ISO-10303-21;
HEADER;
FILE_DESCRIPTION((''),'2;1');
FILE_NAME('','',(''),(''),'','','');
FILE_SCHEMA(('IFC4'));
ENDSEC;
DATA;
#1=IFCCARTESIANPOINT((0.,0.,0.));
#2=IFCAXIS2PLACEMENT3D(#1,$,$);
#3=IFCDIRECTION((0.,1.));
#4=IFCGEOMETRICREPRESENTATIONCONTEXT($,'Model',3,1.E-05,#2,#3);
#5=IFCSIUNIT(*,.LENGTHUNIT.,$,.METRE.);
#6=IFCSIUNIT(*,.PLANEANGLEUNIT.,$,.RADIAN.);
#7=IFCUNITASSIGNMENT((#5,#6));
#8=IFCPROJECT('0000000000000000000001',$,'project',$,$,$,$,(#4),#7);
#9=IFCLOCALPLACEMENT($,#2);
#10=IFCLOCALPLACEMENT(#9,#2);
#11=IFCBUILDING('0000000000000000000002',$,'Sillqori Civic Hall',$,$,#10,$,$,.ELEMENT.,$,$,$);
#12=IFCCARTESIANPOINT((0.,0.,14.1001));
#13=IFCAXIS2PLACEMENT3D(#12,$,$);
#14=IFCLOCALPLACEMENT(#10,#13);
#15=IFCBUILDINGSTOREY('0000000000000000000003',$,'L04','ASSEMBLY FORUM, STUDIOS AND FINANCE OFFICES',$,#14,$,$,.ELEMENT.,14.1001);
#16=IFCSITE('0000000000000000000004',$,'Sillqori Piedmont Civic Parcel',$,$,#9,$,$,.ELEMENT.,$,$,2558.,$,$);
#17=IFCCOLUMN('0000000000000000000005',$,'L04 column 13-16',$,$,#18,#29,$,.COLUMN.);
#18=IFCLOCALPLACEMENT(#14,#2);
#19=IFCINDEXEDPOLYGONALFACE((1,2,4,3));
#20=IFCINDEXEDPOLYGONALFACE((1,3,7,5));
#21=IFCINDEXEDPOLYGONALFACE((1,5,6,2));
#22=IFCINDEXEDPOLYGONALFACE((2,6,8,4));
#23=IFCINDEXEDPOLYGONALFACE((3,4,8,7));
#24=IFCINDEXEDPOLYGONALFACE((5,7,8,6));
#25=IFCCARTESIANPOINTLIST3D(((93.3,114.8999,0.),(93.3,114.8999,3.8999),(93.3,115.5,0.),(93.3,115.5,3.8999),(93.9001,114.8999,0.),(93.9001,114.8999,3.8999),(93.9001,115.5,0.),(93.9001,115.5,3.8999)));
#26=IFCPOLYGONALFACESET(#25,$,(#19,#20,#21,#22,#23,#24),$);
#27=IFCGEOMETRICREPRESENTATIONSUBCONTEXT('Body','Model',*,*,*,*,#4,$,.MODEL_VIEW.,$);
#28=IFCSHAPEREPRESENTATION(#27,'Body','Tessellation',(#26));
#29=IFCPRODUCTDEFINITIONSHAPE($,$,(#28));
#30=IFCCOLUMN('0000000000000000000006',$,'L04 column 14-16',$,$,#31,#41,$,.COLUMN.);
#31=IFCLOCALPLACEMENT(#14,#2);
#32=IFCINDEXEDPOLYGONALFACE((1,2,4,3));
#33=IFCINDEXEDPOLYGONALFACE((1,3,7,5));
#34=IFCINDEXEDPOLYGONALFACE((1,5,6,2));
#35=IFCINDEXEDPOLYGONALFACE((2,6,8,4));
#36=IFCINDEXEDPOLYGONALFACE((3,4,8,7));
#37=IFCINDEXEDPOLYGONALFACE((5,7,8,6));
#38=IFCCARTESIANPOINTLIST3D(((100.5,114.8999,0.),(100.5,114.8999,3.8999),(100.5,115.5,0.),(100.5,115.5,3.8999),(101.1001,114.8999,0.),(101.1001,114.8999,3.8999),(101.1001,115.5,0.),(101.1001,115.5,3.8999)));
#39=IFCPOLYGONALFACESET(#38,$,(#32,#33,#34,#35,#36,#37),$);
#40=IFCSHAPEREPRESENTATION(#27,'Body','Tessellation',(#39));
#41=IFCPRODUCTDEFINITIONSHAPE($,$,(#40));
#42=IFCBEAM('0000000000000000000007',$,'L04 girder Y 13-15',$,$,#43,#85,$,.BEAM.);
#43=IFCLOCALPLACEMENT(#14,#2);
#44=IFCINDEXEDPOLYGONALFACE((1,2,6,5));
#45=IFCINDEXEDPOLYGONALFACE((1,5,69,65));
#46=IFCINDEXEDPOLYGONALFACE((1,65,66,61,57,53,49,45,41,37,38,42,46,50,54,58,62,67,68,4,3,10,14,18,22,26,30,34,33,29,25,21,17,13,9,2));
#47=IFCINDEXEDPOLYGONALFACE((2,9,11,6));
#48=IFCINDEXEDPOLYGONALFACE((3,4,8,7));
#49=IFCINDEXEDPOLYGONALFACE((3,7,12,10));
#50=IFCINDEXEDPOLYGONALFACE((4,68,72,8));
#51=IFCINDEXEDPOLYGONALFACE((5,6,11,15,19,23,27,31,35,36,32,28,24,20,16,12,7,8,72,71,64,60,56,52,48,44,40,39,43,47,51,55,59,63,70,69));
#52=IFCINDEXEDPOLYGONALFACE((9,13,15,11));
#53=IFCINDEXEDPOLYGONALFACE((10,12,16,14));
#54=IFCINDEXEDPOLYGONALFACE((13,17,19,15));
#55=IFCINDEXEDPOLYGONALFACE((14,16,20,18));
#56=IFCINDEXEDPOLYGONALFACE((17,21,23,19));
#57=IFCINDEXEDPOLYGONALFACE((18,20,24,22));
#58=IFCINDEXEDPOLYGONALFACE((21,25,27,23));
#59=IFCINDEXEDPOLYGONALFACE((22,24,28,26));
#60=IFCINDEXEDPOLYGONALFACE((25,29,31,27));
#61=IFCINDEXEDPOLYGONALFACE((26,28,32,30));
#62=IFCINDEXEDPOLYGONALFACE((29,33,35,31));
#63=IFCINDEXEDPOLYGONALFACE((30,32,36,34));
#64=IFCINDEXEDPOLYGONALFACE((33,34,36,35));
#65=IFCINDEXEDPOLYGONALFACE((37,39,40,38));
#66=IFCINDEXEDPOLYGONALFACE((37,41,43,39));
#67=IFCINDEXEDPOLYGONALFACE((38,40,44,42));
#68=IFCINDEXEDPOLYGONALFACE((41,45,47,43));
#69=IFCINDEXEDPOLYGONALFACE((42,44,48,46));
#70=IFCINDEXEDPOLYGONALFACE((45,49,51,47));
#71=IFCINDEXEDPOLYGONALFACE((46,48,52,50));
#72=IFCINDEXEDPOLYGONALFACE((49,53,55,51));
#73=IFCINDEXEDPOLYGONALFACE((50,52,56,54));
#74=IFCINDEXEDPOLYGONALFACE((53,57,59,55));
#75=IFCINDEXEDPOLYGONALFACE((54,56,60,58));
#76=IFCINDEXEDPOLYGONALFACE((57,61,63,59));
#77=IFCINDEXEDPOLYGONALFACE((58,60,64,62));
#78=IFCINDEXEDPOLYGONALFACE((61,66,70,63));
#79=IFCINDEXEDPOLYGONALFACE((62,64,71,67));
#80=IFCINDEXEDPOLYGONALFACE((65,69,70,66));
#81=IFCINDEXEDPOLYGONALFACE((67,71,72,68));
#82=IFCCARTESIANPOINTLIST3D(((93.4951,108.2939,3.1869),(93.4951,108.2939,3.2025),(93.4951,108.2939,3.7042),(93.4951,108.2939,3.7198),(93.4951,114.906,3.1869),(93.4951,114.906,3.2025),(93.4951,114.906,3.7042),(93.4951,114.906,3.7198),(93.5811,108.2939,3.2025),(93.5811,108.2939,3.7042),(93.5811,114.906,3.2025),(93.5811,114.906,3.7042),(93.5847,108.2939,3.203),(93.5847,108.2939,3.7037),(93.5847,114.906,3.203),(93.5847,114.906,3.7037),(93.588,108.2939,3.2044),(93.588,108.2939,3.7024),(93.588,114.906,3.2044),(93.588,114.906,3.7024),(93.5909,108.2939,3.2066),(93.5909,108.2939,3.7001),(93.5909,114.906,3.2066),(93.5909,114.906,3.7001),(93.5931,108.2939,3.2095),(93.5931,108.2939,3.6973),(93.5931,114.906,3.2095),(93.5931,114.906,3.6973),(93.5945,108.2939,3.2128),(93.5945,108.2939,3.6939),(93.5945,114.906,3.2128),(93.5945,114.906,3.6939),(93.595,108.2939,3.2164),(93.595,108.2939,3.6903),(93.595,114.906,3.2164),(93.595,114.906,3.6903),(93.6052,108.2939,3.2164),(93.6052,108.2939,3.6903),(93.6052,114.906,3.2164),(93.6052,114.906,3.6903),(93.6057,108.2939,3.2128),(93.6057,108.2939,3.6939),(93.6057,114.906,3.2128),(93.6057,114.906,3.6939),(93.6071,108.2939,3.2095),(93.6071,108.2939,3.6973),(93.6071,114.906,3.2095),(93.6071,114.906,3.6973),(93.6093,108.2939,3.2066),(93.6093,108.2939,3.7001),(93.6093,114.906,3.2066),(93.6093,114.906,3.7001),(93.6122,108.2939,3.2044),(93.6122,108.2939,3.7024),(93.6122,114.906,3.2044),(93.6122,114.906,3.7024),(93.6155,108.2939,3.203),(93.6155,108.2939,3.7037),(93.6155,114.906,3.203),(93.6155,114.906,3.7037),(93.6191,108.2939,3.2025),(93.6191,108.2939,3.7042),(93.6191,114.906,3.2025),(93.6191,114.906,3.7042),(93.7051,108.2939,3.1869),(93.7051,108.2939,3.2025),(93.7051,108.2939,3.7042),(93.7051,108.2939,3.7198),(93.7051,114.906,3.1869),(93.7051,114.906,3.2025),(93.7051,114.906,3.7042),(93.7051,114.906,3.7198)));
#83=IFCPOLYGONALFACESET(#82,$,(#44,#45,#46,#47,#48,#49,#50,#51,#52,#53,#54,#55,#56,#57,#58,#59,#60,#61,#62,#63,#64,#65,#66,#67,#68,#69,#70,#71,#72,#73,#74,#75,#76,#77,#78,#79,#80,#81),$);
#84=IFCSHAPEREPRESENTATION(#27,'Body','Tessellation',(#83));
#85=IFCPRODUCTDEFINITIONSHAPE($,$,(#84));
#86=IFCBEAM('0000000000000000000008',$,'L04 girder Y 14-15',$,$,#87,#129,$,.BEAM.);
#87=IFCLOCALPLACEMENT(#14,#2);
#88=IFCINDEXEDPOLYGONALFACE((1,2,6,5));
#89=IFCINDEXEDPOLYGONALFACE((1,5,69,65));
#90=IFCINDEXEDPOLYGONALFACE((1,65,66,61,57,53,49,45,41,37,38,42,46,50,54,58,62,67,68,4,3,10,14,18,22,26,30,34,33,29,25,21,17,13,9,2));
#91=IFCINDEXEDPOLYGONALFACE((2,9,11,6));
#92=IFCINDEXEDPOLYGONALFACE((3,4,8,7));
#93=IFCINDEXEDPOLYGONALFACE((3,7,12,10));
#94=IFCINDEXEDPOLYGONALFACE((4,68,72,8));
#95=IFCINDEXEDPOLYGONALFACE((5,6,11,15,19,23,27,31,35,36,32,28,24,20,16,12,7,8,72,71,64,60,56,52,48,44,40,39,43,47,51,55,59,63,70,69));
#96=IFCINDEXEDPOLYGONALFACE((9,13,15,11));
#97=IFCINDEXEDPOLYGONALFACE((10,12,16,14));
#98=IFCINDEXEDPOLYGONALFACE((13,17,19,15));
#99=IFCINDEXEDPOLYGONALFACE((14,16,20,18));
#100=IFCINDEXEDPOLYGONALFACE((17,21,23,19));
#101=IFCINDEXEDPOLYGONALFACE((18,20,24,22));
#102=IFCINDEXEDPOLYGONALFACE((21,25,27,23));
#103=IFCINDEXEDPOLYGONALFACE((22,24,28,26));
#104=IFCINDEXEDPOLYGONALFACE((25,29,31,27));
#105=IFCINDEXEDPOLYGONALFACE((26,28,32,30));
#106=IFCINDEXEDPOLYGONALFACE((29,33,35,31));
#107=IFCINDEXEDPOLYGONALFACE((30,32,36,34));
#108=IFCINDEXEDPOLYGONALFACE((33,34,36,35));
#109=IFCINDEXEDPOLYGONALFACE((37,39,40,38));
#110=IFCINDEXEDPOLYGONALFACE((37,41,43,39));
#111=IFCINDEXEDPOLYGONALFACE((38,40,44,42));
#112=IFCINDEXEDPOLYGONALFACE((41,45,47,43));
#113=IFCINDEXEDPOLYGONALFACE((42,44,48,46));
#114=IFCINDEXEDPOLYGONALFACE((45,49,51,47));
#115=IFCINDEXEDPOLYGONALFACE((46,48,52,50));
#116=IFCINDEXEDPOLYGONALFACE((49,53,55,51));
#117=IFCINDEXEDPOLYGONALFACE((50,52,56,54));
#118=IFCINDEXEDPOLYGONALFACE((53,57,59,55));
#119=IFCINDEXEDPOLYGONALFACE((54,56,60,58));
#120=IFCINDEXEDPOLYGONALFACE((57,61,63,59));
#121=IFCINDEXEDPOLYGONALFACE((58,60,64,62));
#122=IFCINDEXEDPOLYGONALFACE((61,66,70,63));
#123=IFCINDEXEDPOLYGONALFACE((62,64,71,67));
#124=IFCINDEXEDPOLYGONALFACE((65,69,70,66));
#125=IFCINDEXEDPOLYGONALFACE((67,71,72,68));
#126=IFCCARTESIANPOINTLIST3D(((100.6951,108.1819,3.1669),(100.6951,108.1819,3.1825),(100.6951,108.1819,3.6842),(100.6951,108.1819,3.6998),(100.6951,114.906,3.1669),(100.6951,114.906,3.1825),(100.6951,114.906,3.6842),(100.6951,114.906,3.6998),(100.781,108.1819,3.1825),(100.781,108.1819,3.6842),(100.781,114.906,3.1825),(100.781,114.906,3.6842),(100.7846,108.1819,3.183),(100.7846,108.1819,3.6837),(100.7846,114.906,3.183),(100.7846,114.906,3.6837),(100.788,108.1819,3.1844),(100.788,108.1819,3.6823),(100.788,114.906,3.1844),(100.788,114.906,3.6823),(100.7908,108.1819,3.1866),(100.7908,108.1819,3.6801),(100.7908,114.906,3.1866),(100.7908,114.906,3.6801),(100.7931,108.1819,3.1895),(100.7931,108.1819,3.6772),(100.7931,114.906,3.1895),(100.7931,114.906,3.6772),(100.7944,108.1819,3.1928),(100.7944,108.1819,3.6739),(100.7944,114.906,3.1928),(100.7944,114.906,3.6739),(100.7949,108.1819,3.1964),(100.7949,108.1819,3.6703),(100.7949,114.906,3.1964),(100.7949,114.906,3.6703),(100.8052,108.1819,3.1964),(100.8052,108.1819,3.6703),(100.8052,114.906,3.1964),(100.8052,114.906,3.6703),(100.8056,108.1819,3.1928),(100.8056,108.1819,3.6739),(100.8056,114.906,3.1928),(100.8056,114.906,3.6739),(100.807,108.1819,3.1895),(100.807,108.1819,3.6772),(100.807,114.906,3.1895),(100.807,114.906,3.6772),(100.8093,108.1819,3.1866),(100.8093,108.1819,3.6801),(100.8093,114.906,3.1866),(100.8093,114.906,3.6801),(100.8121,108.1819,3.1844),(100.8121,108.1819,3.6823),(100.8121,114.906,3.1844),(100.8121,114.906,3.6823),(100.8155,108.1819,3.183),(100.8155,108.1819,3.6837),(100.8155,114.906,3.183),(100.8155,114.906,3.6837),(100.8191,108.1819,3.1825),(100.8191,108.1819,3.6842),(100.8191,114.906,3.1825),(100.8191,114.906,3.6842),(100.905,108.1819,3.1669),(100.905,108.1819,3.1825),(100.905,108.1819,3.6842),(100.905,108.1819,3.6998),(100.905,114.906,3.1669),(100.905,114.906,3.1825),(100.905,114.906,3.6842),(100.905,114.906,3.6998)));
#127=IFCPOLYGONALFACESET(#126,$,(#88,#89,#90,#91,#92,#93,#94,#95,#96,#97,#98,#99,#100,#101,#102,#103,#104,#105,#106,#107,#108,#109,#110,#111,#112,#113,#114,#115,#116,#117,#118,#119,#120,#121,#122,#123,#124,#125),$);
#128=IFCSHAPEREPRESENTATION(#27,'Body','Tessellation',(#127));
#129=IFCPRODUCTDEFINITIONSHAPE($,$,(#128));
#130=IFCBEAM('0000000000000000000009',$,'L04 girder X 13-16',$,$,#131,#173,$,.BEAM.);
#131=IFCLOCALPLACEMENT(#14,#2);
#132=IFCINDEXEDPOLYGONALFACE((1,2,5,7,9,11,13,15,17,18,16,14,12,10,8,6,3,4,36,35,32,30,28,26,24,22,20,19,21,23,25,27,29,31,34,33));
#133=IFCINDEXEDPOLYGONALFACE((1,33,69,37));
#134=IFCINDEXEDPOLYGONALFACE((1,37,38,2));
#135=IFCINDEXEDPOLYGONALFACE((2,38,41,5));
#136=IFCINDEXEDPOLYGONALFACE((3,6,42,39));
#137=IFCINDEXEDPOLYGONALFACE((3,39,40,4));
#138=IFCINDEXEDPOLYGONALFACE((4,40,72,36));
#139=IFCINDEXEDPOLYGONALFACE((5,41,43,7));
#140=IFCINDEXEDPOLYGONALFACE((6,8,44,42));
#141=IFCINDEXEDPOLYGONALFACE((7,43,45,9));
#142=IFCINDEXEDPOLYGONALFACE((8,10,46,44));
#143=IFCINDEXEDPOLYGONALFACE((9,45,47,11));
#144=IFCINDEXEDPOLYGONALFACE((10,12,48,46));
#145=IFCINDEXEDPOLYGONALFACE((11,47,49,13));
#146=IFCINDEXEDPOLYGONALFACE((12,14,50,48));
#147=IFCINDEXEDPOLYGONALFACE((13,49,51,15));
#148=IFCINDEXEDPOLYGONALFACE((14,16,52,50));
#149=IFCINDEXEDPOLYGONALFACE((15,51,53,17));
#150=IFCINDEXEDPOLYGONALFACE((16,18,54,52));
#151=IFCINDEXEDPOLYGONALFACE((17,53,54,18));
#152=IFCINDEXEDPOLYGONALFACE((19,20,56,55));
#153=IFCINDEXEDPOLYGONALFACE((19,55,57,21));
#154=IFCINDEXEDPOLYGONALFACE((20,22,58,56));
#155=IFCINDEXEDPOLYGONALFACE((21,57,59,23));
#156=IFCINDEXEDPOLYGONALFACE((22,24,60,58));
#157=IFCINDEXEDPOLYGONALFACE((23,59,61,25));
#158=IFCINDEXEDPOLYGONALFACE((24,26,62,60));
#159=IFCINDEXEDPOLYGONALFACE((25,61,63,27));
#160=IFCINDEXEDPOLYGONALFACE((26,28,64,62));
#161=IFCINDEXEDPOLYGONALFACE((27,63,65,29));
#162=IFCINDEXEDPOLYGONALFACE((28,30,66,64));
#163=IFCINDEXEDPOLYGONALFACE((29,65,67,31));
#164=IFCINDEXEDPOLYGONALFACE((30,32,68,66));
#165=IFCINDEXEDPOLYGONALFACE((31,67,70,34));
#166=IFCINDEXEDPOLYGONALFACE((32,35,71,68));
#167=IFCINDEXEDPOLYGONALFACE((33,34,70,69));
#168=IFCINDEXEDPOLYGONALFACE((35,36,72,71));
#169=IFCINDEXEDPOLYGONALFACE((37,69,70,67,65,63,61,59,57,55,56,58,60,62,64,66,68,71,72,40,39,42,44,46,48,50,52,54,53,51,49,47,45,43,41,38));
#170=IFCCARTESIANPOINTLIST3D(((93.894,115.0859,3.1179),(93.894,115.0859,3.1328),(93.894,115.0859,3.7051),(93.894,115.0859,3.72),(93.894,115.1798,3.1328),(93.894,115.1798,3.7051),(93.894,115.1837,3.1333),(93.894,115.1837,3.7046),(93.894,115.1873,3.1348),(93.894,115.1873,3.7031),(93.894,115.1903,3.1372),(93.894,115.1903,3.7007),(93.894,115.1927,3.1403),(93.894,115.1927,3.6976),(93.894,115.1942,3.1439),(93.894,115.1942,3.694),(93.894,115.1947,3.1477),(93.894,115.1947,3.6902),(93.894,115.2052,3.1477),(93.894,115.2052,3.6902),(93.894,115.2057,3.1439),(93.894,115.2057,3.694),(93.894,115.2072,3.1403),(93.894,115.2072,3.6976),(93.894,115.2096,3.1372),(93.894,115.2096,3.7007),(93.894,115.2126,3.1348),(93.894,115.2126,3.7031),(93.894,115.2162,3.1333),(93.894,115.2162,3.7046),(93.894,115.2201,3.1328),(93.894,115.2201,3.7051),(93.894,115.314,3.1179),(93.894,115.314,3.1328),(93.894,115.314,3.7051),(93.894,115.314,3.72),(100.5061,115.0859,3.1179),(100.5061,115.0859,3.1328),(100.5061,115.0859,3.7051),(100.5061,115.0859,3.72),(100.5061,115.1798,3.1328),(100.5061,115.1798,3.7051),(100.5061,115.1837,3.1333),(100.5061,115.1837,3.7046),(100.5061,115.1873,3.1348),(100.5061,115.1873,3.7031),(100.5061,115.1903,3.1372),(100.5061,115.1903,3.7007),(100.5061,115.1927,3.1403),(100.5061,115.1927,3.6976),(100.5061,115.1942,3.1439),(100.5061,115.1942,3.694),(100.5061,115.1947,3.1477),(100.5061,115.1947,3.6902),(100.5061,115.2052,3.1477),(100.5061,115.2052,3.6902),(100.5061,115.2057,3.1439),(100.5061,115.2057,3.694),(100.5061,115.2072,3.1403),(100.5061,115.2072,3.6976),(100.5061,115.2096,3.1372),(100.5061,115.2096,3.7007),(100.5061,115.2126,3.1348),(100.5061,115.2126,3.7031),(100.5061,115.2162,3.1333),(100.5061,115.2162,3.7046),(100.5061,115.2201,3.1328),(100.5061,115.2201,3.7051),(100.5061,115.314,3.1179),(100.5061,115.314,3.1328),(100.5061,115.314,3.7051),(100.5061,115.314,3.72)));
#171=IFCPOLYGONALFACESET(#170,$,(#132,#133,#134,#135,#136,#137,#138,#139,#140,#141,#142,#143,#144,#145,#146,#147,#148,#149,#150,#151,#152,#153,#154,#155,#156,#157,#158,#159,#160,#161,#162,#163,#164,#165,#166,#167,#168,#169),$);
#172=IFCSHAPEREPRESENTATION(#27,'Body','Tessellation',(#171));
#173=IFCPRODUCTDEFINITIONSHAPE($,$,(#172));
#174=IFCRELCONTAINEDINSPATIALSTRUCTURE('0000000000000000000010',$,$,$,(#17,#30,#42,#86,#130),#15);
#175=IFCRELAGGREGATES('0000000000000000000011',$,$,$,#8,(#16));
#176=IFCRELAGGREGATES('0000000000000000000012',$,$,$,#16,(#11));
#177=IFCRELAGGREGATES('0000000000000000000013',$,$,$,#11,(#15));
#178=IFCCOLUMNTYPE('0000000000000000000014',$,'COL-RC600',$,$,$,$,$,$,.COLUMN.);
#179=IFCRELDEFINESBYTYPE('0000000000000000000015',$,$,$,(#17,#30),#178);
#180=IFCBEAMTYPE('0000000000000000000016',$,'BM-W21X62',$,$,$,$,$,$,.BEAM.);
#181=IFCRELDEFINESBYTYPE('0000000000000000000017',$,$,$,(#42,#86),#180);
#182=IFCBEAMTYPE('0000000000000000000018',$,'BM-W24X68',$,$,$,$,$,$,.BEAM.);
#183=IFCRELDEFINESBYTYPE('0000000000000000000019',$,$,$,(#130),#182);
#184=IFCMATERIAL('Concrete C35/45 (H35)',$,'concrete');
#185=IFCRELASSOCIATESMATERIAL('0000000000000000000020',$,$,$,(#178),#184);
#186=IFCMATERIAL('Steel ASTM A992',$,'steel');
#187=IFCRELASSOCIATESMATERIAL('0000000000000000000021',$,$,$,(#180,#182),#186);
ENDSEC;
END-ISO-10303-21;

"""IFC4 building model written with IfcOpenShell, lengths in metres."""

from ifc_helpers import new_model, si_unit, direction, frame, origin, origin_2d, place, context, subcontext, project, spatial, rectangle, i_section, extrude, material, material_profile, profile_set, type_object, element, save


model = new_model("IFC4")

# Units and contexts
model_context = context("Model", 3, precision=1e-05, world=origin(), true_north=direction((0.0, 1.0)))
body_context = subcontext(model_context, "Body", "Model", "MODEL_VIEW")
ifc_project = project(units=[si_unit("LENGTHUNIT", "METRE"), si_unit("PLANEANGLEUNIT", "RADIAN")], contexts=[model_context])

# Site, building, storey
site_placement = place(None, origin())
site = spatial("IfcSite", under=ifc_project, at=site_placement, Name="Sillqori Piedmont Civic Parcel", CompositionType="ELEMENT", RefElevation=2558.0)
building_placement = place(site_placement, origin())
building = spatial("IfcBuilding", under=site, at=building_placement, Name="Sillqori Civic Hall", CompositionType="ELEMENT")
storey_placement = place(building_placement, frame((0.0, 0.0, 14.1001)))
storey = spatial("IfcBuildingStorey", under=building, at=storey_placement, Name="L04", Description="ASSEMBLY FORUM, STUDIOS AND FINANCE OFFICES", CompositionType="ELEMENT", Elevation=14.1001)

# Columns
ifc_material_1 = material(Name="Concrete C35/45 (H35)", Category="concrete")
ifc_material_profile_1 = material_profile(ifc_material_1, rectangle(XDim=0.6001, YDim=0.6001, at=origin_2d()), Name="RC 600x600")
ifc_profile_set_1 = profile_set([ifc_material_profile_1], Name="Concrete C35/45 (H35)")
column_type = type_object("IfcColumnType", Name="COL-RC600", PredefinedType="COLUMN", material=ifc_profile_set_1)
for number, where, z_axis, x_axis, name in (
    (1, (93.6001, 115.2, 0.0), (0.0, 0.0, 1.0), (1.0, 0.0, 0.0), "L04 column 13-16"),
    (2, (100.8, 115.2, 0.0), (0.0, 0.0, 1.0), (1.0, 0.0, 0.0), "L04 column 14-16"),
):
    element("IfcColumn", number, at=place(storey_placement, frame(where, z_axis=z_axis, x_axis=x_axis)), inside=storey, type_object=column_type, Name=name, PredefinedType="COLUMN", context=body_context, shape_type="SweptSolid", body=[
        extrude(rectangle(XDim=0.6001, YDim=0.6001, at=origin_2d()), origin(), (0.0, 0.0, 1.0), 3.8999),
    ])

# Beams
ifc_material_2 = material(Name="Steel ASTM A992", Category="steel")
ifc_material_profile_2 = material_profile(ifc_material_2, i_section(OverallWidth=0.21, OverallDepth=0.533, WebThickness=0.0103, FlangeThickness=0.0156, FilletRadius=0.0139, at=origin_2d()), Name="W21X62")
ifc_profile_set_2 = profile_set([ifc_material_profile_2], Name="Steel ASTM A992")
beam_type_1 = type_object("IfcBeamType", Name="BM-W21X62", PredefinedType="BEAM", material=ifc_profile_set_2)
beam_1_placement = place(storey_placement, frame((93.6001, 108.2939, 3.4534), z_axis=(0.0, 1.0, 0.0), x_axis=(-1.0, 0.0, 0.0)))
element("IfcBeam", 3, at=beam_1_placement, inside=storey, type_object=beam_type_1, Name="L04 girder Y 13-15", PredefinedType="BEAM", context=body_context, shape_type="SweptSolid", body=[
    extrude(i_section(OverallWidth=0.21, OverallDepth=0.533, WebThickness=0.0103, FlangeThickness=0.0156, FilletRadius=0.0139, at=origin_2d()), origin(), (0.0, 0.0, 1.0), 6.6121),
])
beam_2_placement = place(storey_placement, frame((100.8, 108.1819, 3.4333), z_axis=(0.0, 1.0, 0.0), x_axis=(-1.0, 0.0, 0.0)))
element("IfcBeam", 4, at=beam_2_placement, inside=storey, type_object=beam_type_1, Name="L04 girder Y 14-15", PredefinedType="BEAM", context=body_context, shape_type="SweptSolid", body=[
    extrude(i_section(OverallWidth=0.21, OverallDepth=0.533, WebThickness=0.0103, FlangeThickness=0.0156, FilletRadius=0.0139, at=origin_2d()), origin(), (0.0, 0.0, 1.0), 6.7241),
])
ifc_material_profile_3 = material_profile(ifc_material_2, i_section(OverallWidth=0.228, OverallDepth=0.6021, WebThickness=0.0105, FlangeThickness=0.0149, FilletRadius=0.0149, at=origin_2d()), Name="W24X68")
ifc_profile_set_3 = profile_set([ifc_material_profile_3], Name="Steel ASTM A992")
beam_type_2 = type_object("IfcBeamType", Name="BM-W24X68", PredefinedType="BEAM", material=ifc_profile_set_3)
beam_3_placement = place(storey_placement, frame((93.894, 115.2, 3.4189), z_axis=(1.0, 0.0, 0.0), x_axis=(0.0, 1.0, 0.0)))
element("IfcBeam", 5, at=beam_3_placement, inside=storey, type_object=beam_type_2, Name="L04 girder X 13-16", PredefinedType="BEAM", context=body_context, shape_type="SweptSolid", body=[
    extrude(i_section(OverallWidth=0.228, OverallDepth=0.6021, WebThickness=0.0105, FlangeThickness=0.0149, FilletRadius=0.0149, at=origin_2d()), origin(), (0.0, 0.0, 1.0), 6.6121),
])

save(model, "model.ifc")
